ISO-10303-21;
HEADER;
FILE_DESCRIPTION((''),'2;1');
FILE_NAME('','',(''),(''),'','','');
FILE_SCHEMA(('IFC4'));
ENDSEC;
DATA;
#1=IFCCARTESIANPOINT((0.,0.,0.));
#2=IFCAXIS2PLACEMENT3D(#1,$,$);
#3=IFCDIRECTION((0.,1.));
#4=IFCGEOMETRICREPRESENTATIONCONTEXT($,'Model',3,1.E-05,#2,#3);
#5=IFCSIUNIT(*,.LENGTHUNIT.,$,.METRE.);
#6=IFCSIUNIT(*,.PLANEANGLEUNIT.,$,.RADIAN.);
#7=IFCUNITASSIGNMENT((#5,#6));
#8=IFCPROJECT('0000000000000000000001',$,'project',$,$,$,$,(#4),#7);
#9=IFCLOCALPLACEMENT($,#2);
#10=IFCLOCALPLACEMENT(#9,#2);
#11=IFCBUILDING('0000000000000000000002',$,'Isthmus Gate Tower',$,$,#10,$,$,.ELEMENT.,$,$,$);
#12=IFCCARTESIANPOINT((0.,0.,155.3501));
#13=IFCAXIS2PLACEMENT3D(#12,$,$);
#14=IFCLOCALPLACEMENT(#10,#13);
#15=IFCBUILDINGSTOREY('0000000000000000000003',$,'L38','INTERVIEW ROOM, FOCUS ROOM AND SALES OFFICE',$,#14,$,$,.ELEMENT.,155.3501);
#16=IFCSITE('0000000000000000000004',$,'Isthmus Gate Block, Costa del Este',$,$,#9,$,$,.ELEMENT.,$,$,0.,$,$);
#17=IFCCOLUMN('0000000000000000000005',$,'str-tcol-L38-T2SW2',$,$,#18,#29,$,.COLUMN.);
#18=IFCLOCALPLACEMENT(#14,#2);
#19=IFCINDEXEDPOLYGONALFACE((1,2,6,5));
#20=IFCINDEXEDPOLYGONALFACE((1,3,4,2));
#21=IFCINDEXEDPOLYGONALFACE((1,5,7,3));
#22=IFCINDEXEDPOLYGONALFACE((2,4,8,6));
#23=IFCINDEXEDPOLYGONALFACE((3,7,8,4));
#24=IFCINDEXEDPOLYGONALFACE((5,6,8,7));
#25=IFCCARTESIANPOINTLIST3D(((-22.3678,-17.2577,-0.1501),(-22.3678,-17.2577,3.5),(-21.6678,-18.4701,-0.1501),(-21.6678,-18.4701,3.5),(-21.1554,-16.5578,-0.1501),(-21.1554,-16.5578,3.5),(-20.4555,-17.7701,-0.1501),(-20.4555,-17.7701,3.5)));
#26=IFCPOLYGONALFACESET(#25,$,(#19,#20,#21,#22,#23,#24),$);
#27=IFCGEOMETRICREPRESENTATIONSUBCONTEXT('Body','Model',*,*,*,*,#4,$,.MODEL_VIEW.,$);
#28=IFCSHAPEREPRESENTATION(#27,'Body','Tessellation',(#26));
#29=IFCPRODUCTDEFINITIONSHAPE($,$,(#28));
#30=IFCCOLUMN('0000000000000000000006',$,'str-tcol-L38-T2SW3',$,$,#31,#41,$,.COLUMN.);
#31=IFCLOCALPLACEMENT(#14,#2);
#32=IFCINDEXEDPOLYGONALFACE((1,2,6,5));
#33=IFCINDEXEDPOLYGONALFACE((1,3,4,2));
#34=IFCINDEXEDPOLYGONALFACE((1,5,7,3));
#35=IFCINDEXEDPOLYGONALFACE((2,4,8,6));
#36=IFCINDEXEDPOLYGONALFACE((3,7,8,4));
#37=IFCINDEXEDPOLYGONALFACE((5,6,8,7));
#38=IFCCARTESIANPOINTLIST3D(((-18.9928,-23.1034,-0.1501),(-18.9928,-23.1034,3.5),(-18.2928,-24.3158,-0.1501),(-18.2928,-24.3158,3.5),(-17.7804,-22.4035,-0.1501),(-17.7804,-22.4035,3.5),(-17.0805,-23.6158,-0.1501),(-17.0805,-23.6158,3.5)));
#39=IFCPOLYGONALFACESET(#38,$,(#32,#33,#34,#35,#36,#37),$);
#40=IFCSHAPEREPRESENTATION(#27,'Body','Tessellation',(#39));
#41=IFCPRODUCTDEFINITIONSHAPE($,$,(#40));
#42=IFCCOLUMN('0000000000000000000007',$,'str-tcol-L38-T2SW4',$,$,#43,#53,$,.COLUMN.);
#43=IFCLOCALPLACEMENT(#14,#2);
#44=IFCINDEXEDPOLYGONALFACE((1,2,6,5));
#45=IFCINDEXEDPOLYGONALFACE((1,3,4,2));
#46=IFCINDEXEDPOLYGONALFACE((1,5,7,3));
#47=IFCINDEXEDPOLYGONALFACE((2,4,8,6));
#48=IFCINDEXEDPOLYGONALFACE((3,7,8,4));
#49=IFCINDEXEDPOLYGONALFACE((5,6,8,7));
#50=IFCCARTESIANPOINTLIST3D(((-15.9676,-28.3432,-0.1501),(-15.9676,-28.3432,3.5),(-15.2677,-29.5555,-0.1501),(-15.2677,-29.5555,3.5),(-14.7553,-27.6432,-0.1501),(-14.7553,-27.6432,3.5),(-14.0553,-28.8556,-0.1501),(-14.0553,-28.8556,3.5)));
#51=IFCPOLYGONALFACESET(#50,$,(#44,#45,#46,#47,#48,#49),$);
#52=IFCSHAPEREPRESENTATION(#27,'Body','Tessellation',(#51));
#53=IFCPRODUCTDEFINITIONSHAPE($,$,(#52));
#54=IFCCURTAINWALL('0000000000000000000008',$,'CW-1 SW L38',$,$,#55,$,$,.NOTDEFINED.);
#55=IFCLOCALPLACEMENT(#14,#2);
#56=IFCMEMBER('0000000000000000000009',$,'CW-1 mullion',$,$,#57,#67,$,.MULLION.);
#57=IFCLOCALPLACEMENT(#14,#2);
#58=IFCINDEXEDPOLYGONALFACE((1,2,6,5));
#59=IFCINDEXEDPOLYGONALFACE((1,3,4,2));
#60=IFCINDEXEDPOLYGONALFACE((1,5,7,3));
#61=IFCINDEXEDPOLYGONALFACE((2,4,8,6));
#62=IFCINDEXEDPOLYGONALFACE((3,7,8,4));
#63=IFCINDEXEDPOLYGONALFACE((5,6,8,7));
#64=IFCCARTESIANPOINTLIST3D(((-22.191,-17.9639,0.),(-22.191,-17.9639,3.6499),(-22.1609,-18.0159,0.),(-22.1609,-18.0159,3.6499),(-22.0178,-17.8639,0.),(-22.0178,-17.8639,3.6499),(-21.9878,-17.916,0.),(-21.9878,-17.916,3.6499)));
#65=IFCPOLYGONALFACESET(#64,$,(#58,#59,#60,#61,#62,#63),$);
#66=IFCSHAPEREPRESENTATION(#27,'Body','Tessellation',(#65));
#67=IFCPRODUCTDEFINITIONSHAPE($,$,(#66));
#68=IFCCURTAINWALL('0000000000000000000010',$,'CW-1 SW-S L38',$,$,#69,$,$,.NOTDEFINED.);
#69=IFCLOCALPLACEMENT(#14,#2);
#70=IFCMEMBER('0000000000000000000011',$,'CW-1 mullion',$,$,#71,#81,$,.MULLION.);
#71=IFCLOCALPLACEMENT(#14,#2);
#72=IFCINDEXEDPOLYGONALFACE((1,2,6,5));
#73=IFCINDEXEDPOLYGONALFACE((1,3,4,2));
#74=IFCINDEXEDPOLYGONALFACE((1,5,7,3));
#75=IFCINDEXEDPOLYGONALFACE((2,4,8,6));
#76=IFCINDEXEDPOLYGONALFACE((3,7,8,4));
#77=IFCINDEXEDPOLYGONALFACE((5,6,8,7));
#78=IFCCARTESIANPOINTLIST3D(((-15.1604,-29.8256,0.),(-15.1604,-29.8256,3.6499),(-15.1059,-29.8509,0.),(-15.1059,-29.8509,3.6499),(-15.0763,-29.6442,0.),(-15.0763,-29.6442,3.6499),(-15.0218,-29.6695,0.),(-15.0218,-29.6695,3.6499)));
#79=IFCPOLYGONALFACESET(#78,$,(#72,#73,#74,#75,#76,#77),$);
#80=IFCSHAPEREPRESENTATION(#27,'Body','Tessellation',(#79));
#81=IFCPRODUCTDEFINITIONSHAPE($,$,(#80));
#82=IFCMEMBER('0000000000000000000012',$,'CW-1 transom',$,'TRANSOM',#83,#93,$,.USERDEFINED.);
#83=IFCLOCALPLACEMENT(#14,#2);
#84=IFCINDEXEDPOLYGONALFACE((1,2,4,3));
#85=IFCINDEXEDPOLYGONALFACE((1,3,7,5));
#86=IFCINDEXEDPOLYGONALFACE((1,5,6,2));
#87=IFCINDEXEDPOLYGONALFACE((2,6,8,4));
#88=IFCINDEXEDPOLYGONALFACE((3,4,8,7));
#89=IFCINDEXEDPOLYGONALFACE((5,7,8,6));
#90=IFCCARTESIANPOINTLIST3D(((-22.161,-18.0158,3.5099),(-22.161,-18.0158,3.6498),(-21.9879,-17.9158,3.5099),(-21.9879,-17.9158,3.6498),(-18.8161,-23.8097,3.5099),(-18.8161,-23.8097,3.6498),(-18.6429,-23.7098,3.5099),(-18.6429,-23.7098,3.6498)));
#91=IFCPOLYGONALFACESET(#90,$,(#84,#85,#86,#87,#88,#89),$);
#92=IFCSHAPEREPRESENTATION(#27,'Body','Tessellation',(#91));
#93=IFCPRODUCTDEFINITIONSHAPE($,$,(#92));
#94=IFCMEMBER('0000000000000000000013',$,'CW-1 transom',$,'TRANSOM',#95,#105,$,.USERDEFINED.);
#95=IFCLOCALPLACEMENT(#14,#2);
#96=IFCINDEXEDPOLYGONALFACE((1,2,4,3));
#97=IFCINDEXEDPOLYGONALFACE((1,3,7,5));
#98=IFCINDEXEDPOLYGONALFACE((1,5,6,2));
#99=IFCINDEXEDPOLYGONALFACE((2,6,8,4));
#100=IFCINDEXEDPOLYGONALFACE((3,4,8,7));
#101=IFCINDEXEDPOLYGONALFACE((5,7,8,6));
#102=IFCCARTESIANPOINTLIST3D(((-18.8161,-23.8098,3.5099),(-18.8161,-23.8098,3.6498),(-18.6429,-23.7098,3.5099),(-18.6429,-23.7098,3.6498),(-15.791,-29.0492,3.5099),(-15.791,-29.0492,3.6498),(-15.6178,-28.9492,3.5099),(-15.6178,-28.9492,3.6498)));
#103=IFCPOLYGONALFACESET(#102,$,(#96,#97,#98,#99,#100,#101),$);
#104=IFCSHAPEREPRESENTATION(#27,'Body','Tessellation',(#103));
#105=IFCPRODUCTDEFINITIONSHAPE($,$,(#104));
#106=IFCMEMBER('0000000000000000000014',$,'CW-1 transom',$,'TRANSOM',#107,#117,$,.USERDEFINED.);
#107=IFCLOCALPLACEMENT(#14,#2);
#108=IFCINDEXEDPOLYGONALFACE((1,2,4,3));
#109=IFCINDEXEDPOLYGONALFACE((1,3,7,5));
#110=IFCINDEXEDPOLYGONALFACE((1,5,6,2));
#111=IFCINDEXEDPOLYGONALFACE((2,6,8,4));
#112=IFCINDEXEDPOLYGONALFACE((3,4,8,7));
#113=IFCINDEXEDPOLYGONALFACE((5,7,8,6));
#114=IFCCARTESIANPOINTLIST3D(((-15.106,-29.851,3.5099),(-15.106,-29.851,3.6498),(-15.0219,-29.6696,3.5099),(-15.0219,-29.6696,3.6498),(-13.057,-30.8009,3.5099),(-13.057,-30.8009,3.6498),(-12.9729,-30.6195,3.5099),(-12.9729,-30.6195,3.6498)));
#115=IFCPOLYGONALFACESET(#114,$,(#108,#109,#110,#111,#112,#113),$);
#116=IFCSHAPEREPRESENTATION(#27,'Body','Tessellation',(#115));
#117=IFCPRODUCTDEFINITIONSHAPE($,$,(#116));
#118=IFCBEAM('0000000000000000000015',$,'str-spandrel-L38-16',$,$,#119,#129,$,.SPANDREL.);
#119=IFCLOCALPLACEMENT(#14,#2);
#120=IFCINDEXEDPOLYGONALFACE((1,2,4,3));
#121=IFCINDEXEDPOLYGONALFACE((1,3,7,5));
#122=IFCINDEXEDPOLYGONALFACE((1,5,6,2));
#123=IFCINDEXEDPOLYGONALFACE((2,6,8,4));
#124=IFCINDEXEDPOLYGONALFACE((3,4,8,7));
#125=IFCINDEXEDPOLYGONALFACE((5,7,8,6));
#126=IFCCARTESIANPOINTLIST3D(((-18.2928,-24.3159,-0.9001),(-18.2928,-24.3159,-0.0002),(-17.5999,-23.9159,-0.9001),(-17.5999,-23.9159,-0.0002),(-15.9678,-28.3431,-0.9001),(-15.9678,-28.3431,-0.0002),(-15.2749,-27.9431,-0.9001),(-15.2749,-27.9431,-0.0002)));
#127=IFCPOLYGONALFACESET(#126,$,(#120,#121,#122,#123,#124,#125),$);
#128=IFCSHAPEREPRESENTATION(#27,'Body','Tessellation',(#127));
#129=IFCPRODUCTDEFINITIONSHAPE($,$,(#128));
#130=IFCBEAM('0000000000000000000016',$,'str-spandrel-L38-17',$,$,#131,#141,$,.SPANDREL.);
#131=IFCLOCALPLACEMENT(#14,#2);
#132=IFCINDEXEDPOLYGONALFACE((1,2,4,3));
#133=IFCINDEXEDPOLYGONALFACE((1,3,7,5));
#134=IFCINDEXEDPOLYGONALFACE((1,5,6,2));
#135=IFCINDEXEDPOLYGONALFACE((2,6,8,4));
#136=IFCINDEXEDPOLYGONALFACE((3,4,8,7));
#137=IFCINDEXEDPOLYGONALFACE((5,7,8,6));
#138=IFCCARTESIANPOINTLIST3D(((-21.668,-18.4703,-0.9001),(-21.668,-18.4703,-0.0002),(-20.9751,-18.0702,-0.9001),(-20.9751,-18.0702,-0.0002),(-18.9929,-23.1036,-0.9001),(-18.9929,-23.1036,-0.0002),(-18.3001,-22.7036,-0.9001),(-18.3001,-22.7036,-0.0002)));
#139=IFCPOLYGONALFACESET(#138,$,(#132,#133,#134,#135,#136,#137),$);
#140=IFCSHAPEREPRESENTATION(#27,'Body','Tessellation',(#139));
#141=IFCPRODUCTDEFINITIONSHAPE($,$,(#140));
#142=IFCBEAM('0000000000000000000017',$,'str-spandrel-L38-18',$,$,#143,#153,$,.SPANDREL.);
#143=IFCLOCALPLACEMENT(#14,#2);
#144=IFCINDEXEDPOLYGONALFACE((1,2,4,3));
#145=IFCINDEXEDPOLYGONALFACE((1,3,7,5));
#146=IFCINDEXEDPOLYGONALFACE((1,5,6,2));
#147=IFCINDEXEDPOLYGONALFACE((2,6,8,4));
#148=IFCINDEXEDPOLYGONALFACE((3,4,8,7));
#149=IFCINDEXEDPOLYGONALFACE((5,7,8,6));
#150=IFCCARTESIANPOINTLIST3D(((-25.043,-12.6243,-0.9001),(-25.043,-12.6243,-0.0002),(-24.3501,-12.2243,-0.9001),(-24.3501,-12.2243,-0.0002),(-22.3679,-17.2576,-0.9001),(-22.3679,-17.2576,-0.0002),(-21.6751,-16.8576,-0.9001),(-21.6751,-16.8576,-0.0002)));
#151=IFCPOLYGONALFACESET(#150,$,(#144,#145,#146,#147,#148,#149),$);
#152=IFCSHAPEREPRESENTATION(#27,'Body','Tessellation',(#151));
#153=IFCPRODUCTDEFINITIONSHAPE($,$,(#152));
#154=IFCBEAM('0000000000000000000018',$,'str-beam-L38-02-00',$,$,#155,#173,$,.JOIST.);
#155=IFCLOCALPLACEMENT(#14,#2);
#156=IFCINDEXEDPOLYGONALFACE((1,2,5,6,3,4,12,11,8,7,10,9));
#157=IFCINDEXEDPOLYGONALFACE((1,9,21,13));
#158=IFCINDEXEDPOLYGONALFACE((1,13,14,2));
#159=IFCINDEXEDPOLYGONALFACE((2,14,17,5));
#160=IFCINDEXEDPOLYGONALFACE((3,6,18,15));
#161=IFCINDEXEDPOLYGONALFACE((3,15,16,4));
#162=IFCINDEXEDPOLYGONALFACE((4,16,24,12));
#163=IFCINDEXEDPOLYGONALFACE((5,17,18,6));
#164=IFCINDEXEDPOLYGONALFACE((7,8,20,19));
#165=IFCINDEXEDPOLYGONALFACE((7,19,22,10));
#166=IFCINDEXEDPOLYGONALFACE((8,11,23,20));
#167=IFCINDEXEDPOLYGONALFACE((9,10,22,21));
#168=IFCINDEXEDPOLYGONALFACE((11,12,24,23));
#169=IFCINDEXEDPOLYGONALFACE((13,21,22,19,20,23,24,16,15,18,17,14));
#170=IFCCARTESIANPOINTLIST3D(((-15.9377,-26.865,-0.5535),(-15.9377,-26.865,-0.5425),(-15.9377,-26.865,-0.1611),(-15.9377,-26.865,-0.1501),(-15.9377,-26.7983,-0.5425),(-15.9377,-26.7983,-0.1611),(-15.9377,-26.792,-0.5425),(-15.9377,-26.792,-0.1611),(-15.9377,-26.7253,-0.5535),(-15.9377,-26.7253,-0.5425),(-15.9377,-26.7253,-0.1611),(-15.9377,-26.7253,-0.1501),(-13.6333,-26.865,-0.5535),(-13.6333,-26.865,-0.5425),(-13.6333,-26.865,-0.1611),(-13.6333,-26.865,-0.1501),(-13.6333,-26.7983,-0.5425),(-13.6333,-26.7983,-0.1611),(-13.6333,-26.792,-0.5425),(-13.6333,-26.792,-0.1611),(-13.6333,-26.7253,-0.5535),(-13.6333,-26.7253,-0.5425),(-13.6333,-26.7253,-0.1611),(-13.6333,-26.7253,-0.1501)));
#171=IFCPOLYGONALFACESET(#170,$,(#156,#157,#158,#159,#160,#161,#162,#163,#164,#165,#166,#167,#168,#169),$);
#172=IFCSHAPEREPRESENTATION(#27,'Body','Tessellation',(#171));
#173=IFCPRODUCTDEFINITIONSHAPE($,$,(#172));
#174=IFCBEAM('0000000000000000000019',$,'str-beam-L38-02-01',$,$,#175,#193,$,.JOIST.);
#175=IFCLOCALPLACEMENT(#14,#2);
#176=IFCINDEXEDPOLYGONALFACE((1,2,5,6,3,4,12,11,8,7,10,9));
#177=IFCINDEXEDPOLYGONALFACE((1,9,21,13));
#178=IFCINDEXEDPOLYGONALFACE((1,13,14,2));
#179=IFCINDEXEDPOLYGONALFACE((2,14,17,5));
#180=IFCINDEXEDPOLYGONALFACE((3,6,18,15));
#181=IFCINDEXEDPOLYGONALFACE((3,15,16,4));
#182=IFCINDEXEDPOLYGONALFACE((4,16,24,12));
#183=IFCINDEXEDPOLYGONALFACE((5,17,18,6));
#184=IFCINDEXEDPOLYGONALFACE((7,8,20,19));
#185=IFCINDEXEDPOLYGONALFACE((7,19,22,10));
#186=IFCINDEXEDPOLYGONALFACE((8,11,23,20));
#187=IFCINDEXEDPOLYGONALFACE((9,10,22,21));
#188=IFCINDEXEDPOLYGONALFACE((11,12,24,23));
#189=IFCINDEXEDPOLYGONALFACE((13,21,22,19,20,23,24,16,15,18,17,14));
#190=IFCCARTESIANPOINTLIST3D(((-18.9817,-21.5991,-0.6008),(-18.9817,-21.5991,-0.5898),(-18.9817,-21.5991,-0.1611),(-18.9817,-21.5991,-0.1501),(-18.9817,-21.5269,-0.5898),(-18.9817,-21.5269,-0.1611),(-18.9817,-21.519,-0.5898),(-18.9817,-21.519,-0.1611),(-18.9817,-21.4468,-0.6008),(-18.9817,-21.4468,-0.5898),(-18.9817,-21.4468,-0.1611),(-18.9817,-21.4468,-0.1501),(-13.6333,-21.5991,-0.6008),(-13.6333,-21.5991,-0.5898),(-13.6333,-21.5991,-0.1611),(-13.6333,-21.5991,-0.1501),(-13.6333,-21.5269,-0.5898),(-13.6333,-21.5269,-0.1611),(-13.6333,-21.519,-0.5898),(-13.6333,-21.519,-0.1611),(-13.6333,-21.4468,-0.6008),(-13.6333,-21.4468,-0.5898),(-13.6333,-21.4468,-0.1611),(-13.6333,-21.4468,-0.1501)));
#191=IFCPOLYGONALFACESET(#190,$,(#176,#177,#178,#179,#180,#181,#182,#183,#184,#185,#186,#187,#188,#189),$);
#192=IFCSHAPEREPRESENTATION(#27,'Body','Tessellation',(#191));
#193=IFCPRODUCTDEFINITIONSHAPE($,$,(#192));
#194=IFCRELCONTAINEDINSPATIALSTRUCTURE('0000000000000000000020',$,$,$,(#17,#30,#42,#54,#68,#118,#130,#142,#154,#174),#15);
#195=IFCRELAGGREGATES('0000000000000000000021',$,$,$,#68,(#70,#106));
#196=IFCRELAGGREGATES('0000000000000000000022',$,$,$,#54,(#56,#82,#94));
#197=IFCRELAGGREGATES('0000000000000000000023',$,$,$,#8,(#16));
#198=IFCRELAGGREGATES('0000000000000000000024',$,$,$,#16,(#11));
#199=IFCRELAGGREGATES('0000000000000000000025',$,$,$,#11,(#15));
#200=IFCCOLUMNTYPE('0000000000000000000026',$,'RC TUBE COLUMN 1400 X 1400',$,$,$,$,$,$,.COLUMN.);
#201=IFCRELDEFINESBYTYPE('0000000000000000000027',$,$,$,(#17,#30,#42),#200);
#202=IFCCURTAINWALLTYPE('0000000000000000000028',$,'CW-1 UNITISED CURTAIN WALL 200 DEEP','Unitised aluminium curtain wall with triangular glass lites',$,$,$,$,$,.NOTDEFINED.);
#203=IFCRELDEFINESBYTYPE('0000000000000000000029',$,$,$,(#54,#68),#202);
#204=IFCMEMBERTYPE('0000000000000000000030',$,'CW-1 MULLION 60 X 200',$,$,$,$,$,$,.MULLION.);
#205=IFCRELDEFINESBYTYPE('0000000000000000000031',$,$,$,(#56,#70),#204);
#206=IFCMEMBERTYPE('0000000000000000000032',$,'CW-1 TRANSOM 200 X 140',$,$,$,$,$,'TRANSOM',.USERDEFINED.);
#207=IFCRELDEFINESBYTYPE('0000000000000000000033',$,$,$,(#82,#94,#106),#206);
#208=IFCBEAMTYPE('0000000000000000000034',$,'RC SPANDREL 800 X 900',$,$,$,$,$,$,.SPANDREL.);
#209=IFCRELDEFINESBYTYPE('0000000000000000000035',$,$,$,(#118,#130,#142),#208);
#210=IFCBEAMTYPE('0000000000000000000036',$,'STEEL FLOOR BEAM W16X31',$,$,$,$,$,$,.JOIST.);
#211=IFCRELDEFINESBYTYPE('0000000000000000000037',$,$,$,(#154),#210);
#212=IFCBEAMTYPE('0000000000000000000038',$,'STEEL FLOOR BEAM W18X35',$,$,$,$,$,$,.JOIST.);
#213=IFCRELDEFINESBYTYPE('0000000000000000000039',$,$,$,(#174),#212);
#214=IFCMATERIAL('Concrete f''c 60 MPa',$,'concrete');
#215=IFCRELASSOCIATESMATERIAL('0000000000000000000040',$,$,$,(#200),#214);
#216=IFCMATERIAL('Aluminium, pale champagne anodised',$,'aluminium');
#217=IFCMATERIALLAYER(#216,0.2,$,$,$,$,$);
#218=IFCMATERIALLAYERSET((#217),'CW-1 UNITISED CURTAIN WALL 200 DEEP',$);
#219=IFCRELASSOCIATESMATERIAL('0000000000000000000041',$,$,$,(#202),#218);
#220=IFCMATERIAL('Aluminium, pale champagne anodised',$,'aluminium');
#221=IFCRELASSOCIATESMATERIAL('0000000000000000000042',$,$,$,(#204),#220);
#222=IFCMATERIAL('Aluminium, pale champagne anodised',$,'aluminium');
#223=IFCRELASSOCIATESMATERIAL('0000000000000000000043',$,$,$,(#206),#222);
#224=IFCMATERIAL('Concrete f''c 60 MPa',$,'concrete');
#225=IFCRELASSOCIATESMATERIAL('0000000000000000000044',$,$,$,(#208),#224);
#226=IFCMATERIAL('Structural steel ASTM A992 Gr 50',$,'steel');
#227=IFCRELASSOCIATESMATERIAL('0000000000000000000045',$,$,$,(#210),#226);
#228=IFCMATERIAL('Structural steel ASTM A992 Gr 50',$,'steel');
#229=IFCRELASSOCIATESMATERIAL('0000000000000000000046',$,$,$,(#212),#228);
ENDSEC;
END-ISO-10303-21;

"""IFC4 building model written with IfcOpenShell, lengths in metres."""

from ifc_helpers import new_model, si_unit, direction, frame, origin, origin_2d, place, context, subcontext, project, spatial, rectangle, i_section, extrude, material, layer, layer_set, material_profile, profile_set, type_object, element, aggregate, save


model = new_model("IFC4")

# Units and contexts
model_context = context("Model", 3, precision=1e-05, world=origin(), true_north=direction((0.0, 1.0)))
body_context = subcontext(model_context, "Body", "Model", "MODEL_VIEW")
ifc_project = project(units=[si_unit("LENGTHUNIT", "METRE"), si_unit("PLANEANGLEUNIT", "RADIAN")], contexts=[model_context])

# Site, building, storey
site_placement = place(None, origin())
site = spatial("IfcSite", under=ifc_project, at=site_placement, Name="Isthmus Gate Block, Costa del Este", CompositionType="ELEMENT", RefElevation=0.0)
building_placement = place(site_placement, origin())
building = spatial("IfcBuilding", under=site, at=building_placement, Name="Isthmus Gate Tower", CompositionType="ELEMENT")
storey_placement = place(building_placement, frame((0.0, 0.0, 155.3501)))
storey = spatial("IfcBuildingStorey", under=building, at=storey_placement, Name="L38", Description="INTERVIEW ROOM, FOCUS ROOM AND SALES OFFICE", CompositionType="ELEMENT", Elevation=155.3501)

# Columns
ifc_material_1 = material(Name="Concrete f'c 60 MPa", Category="concrete")
ifc_material_profile_1 = material_profile(ifc_material_1, rectangle(XDim=1.3999, YDim=1.3999, at=origin_2d()), Name="RC 1400X1400")
ifc_profile_set_1 = profile_set([ifc_material_profile_1], Name="Concrete f'c 60 MPa")
column_type = type_object("IfcColumnType", Name="RC TUBE COLUMN 1400 X 1400", PredefinedType="COLUMN", material=ifc_profile_set_1)
for number, where, z_axis, x_axis, name in (
    (1, (-21.4116, -17.5139, -0.1501), (0.0, 0.0, 1.0), (0.5, -0.866025, 0.0), "str-tcol-L38-T2SW2"),
    (2, (-18.0366, -23.3596, -0.1501), (0.0, 0.0, 1.0), (0.5, -0.866025, 0.0), "str-tcol-L38-T2SW3"),
    (3, (-15.0115, -28.5994, -0.1501), (0.0, 0.0, 1.0), (0.5, -0.866025, 0.0), "str-tcol-L38-T2SW4"),
):
    element("IfcColumn", number, at=place(storey_placement, frame(where, z_axis=z_axis, x_axis=x_axis)), inside=storey, type_object=column_type, Name=name, PredefinedType="COLUMN", context=body_context, shape_type="SweptSolid", body=[
        extrude(rectangle(XDim=1.3999, YDim=1.3999, at=origin_2d()), origin(), (0.0, 0.0, 1.0), 3.6501),
    ])

# Curtain walls, members
ifc_material_2 = material(Name="Aluminium, pale champagne anodised", Category="aluminium")
ifc_layer_1 = layer(ifc_material_2, 0.2)
ifc_layer_set_1 = layer_set([ifc_layer_1], Name="CW-1 UNITISED CURTAIN WALL 200 DEEP")
curtain_wall_type = type_object("IfcCurtainWallType", Name="CW-1 UNITISED CURTAIN WALL 200 DEEP", Description="Unitised aluminium curtain wall with triangular glass lites", PredefinedType="NOTDEFINED", material=ifc_layer_set_1)
curtain_wall_1_placement = place(storey_placement, origin())
curtain_wall_1 = element("IfcCurtainWall", 4, at=curtain_wall_1_placement, inside=storey, type_object=curtain_wall_type, Name="CW-1 SW L38", PredefinedType="NOTDEFINED")
ifc_material_3 = material(Name="Aluminium, pale champagne anodised", Category="aluminium")
ifc_material_profile_2 = material_profile(ifc_material_3, rectangle(XDim=0.0601, YDim=0.2, at=origin_2d()), Name="60x200")
ifc_profile_set_2 = profile_set([ifc_material_profile_2], Name="Aluminium, pale champagne anodised")
member_type_1 = type_object("IfcMemberType", Name="CW-1 MULLION 60 X 200", PredefinedType="MULLION", material=ifc_profile_set_2)
member_1_placement = place(storey_placement, frame((-22.0894, -17.9399, 0.0), z_axis=(0.0, 0.0, 1.0), x_axis=(0.5, -0.866025, 0.0)))
member_1 = element("IfcMember", 5, at=member_1_placement, type_object=member_type_1, Name="CW-1 mullion", PredefinedType="MULLION", context=body_context, shape_type="SweptSolid", body=[
    extrude(rectangle(XDim=0.0601, YDim=0.2, at=origin_2d()), origin(), (0.0, 0.0, 1.0), 3.6499),
])
curtain_wall_2_placement = place(storey_placement, origin())
curtain_wall_2 = element("IfcCurtainWall", 6, at=curtain_wall_2_placement, inside=storey, type_object=curtain_wall_type, Name="CW-1 SW-S L38", PredefinedType="NOTDEFINED")
member_2_placement = place(storey_placement, frame((-15.0911, -29.7476, 0.0), z_axis=(0.0, 0.0, 1.0), x_axis=(0.907256, -0.420578, 0.0)))
member_2 = element("IfcMember", 7, at=member_2_placement, type_object=member_type_1, Name="CW-1 mullion", PredefinedType="MULLION", context=body_context, shape_type="SweptSolid", body=[
    extrude(rectangle(XDim=0.0601, YDim=0.2, at=origin_2d()), origin(), (0.0, 0.0, 1.0), 3.6499),
])

# Members
ifc_material_4 = material(Name="Aluminium, pale champagne anodised", Category="aluminium")
ifc_material_profile_3 = material_profile(ifc_material_4, rectangle(XDim=0.2, YDim=0.1399, at=origin_2d()), Name="200x140")
ifc_profile_set_3 = profile_set([ifc_material_profile_3], Name="Aluminium, pale champagne anodised")
member_type_2 = type_object("IfcMemberType", Name="CW-1 TRANSOM 200 X 140", ElementType="TRANSOM", PredefinedType="USERDEFINED", material=ifc_profile_set_3)
member_3_placement = place(storey_placement, frame((-22.0745, -17.9658, 3.5798), z_axis=(0.499981, -0.866036, 0.0), x_axis=(0.866036, 0.499981, 0.0)))
member_3 = element("IfcMember", 8, at=member_3_placement, type_object=member_type_2, Name="CW-1 transom", ObjectType="TRANSOM", PredefinedType="USERDEFINED", context=body_context, shape_type="SweptSolid", body=[
    extrude(rectangle(XDim=0.2, YDim=0.1399, at=origin_2d()), origin(), (0.0, 0.0, 1.0), 6.6902),
])
member_4_placement = place(storey_placement, frame((-18.7295, -23.7598, 3.5798), z_axis=(0.500015, -0.866017, 0.0), x_axis=(0.866017, 0.500015, 0.0)))
member_4 = element("IfcMember", 9, at=member_4_placement, type_object=member_type_2, Name="CW-1 transom", ObjectType="TRANSOM", PredefinedType="USERDEFINED", context=body_context, shape_type="SweptSolid", body=[
    extrude(rectangle(XDim=0.2, YDim=0.1399, at=origin_2d()), origin(), (0.0, 0.0, 1.0), 6.05),
])
member_5_placement = place(storey_placement, frame((-15.064, -29.7603, 3.5798), z_axis=(0.907246, -0.4206, 0.0), x_axis=(0.4206, 0.907246, 0.0)))
member_5 = element("IfcMember", 10, at=member_5_placement, type_object=member_type_2, Name="CW-1 transom", ObjectType="TRANSOM", PredefinedType="USERDEFINED", context=body_context, shape_type="SweptSolid", body=[
    extrude(rectangle(XDim=0.2, YDim=0.1399, at=origin_2d()), origin(), (0.0, 0.0, 1.0), 2.2585),
])
aggregate(curtain_wall_2, [member_2, member_5])

# Beams
ifc_material_5 = material(Name="Concrete f'c 60 MPa", Category="concrete")
ifc_material_profile_4 = material_profile(ifc_material_5, rectangle(XDim=0.8, YDim=0.8999, at=origin_2d()), Name="RC 800X900")
ifc_profile_set_4 = profile_set([ifc_material_profile_4], Name="Concrete f'c 60 MPa")
beam_type_1 = type_object("IfcBeamType", Name="RC SPANDREL 800 X 900", PredefinedType="SPANDREL", material=ifc_profile_set_4)
beam_1_placement = place(storey_placement, frame((-15.6213, -28.1431, -0.4502), z_axis=(-0.499985, 0.866034, 0.0), x_axis=(-0.866034, -0.499985, 0.0)))
element("IfcBeam", 11, at=beam_1_placement, inside=storey, type_object=beam_type_1, Name="str-spandrel-L38-16", PredefinedType="SPANDREL", context=body_context, shape_type="SweptSolid", body=[
    extrude(rectangle(XDim=0.8, YDim=0.8999, at=origin_2d()), origin(), (0.0, 0.0, 1.0), 4.6501),
])
for number, where, z_axis, x_axis, name in (
    (12, (-18.6465, -22.9036, -0.4502), (-0.500002, 0.866024, 0.0), (-0.866024, -0.500002, 0.0), "str-spandrel-L38-17"),
    (13, (-22.0215, -17.0576, -0.4502), (-0.500002, 0.866024, 0.0), (-0.866024, -0.500002, 0.0), "str-spandrel-L38-18"),
):
    element("IfcBeam", number, at=place(storey_placement, frame(where, z_axis=z_axis, x_axis=x_axis)), inside=storey, type_object=beam_type_1, Name=name, PredefinedType="SPANDREL", context=body_context, shape_type="SweptSolid", body=[
        extrude(rectangle(XDim=0.8, YDim=0.8999, at=origin_2d()), origin(), (0.0, 0.0, 1.0), 5.3501),
    ])
ifc_material_6 = material(Name="Structural steel ASTM A992 Gr 50", Category="steel")
ifc_material_profile_5 = material_profile(ifc_material_6, i_section(OverallWidth=0.1396, OverallDepth=0.4033, WebThickness=0.0063, FlangeThickness=0.011, at=origin_2d()), Name="W16X31")
ifc_profile_set_5 = profile_set([ifc_material_profile_5], Name="Structural steel ASTM A992 Gr 50")
beam_type_2 = type_object("IfcBeamType", Name="STEEL FLOOR BEAM W16X31", PredefinedType="JOIST", material=ifc_profile_set_5)
beam_2_placement = place(storey_placement, frame((-15.9377, -26.7952, -0.3518), z_axis=(1.0, 0.0, 0.0), x_axis=(0.0, 1.0, 0.0)))
element("IfcBeam", 14, at=beam_2_placement, inside=storey, type_object=beam_type_2, Name="str-beam-L38-02-00", PredefinedType="JOIST", context=body_context, shape_type="SweptSolid", body=[
    extrude(i_section(OverallWidth=0.1396, OverallDepth=0.4033, WebThickness=0.0063, FlangeThickness=0.011, at=origin_2d()), origin(), (0.0, 0.0, 1.0), 2.3044),
])
ifc_material_7 = material(Name="Structural steel ASTM A992 Gr 50", Category="steel")
ifc_material_profile_6 = material_profile(ifc_material_7, i_section(OverallWidth=0.1523, OverallDepth=0.4507, WebThickness=0.0078, FlangeThickness=0.011, at=origin_2d()), Name="W18X35")
ifc_profile_set_6 = profile_set([ifc_material_profile_6], Name="Structural steel ASTM A992 Gr 50")
beam_type_3 = type_object("IfcBeamType", Name="STEEL FLOOR BEAM W18X35", PredefinedType="JOIST", material=ifc_profile_set_6)
beam_3_placement = place(storey_placement, frame((-18.9817, -21.5229, -0.3755), z_axis=(1.0, 0.0, 0.0), x_axis=(0.0, 1.0, 0.0)))
element("IfcBeam", 15, at=beam_3_placement, inside=storey, type_object=beam_type_3, Name="str-beam-L38-02-01", PredefinedType="JOIST", context=body_context, shape_type="SweptSolid", body=[
    extrude(i_section(OverallWidth=0.1523, OverallDepth=0.4507, WebThickness=0.0078, FlangeThickness=0.011, at=origin_2d()), origin(), (0.0, 0.0, 1.0), 5.3484),
])

aggregate(curtain_wall_1, [member_1, member_3, member_4])

save(model, "model.ifc")
